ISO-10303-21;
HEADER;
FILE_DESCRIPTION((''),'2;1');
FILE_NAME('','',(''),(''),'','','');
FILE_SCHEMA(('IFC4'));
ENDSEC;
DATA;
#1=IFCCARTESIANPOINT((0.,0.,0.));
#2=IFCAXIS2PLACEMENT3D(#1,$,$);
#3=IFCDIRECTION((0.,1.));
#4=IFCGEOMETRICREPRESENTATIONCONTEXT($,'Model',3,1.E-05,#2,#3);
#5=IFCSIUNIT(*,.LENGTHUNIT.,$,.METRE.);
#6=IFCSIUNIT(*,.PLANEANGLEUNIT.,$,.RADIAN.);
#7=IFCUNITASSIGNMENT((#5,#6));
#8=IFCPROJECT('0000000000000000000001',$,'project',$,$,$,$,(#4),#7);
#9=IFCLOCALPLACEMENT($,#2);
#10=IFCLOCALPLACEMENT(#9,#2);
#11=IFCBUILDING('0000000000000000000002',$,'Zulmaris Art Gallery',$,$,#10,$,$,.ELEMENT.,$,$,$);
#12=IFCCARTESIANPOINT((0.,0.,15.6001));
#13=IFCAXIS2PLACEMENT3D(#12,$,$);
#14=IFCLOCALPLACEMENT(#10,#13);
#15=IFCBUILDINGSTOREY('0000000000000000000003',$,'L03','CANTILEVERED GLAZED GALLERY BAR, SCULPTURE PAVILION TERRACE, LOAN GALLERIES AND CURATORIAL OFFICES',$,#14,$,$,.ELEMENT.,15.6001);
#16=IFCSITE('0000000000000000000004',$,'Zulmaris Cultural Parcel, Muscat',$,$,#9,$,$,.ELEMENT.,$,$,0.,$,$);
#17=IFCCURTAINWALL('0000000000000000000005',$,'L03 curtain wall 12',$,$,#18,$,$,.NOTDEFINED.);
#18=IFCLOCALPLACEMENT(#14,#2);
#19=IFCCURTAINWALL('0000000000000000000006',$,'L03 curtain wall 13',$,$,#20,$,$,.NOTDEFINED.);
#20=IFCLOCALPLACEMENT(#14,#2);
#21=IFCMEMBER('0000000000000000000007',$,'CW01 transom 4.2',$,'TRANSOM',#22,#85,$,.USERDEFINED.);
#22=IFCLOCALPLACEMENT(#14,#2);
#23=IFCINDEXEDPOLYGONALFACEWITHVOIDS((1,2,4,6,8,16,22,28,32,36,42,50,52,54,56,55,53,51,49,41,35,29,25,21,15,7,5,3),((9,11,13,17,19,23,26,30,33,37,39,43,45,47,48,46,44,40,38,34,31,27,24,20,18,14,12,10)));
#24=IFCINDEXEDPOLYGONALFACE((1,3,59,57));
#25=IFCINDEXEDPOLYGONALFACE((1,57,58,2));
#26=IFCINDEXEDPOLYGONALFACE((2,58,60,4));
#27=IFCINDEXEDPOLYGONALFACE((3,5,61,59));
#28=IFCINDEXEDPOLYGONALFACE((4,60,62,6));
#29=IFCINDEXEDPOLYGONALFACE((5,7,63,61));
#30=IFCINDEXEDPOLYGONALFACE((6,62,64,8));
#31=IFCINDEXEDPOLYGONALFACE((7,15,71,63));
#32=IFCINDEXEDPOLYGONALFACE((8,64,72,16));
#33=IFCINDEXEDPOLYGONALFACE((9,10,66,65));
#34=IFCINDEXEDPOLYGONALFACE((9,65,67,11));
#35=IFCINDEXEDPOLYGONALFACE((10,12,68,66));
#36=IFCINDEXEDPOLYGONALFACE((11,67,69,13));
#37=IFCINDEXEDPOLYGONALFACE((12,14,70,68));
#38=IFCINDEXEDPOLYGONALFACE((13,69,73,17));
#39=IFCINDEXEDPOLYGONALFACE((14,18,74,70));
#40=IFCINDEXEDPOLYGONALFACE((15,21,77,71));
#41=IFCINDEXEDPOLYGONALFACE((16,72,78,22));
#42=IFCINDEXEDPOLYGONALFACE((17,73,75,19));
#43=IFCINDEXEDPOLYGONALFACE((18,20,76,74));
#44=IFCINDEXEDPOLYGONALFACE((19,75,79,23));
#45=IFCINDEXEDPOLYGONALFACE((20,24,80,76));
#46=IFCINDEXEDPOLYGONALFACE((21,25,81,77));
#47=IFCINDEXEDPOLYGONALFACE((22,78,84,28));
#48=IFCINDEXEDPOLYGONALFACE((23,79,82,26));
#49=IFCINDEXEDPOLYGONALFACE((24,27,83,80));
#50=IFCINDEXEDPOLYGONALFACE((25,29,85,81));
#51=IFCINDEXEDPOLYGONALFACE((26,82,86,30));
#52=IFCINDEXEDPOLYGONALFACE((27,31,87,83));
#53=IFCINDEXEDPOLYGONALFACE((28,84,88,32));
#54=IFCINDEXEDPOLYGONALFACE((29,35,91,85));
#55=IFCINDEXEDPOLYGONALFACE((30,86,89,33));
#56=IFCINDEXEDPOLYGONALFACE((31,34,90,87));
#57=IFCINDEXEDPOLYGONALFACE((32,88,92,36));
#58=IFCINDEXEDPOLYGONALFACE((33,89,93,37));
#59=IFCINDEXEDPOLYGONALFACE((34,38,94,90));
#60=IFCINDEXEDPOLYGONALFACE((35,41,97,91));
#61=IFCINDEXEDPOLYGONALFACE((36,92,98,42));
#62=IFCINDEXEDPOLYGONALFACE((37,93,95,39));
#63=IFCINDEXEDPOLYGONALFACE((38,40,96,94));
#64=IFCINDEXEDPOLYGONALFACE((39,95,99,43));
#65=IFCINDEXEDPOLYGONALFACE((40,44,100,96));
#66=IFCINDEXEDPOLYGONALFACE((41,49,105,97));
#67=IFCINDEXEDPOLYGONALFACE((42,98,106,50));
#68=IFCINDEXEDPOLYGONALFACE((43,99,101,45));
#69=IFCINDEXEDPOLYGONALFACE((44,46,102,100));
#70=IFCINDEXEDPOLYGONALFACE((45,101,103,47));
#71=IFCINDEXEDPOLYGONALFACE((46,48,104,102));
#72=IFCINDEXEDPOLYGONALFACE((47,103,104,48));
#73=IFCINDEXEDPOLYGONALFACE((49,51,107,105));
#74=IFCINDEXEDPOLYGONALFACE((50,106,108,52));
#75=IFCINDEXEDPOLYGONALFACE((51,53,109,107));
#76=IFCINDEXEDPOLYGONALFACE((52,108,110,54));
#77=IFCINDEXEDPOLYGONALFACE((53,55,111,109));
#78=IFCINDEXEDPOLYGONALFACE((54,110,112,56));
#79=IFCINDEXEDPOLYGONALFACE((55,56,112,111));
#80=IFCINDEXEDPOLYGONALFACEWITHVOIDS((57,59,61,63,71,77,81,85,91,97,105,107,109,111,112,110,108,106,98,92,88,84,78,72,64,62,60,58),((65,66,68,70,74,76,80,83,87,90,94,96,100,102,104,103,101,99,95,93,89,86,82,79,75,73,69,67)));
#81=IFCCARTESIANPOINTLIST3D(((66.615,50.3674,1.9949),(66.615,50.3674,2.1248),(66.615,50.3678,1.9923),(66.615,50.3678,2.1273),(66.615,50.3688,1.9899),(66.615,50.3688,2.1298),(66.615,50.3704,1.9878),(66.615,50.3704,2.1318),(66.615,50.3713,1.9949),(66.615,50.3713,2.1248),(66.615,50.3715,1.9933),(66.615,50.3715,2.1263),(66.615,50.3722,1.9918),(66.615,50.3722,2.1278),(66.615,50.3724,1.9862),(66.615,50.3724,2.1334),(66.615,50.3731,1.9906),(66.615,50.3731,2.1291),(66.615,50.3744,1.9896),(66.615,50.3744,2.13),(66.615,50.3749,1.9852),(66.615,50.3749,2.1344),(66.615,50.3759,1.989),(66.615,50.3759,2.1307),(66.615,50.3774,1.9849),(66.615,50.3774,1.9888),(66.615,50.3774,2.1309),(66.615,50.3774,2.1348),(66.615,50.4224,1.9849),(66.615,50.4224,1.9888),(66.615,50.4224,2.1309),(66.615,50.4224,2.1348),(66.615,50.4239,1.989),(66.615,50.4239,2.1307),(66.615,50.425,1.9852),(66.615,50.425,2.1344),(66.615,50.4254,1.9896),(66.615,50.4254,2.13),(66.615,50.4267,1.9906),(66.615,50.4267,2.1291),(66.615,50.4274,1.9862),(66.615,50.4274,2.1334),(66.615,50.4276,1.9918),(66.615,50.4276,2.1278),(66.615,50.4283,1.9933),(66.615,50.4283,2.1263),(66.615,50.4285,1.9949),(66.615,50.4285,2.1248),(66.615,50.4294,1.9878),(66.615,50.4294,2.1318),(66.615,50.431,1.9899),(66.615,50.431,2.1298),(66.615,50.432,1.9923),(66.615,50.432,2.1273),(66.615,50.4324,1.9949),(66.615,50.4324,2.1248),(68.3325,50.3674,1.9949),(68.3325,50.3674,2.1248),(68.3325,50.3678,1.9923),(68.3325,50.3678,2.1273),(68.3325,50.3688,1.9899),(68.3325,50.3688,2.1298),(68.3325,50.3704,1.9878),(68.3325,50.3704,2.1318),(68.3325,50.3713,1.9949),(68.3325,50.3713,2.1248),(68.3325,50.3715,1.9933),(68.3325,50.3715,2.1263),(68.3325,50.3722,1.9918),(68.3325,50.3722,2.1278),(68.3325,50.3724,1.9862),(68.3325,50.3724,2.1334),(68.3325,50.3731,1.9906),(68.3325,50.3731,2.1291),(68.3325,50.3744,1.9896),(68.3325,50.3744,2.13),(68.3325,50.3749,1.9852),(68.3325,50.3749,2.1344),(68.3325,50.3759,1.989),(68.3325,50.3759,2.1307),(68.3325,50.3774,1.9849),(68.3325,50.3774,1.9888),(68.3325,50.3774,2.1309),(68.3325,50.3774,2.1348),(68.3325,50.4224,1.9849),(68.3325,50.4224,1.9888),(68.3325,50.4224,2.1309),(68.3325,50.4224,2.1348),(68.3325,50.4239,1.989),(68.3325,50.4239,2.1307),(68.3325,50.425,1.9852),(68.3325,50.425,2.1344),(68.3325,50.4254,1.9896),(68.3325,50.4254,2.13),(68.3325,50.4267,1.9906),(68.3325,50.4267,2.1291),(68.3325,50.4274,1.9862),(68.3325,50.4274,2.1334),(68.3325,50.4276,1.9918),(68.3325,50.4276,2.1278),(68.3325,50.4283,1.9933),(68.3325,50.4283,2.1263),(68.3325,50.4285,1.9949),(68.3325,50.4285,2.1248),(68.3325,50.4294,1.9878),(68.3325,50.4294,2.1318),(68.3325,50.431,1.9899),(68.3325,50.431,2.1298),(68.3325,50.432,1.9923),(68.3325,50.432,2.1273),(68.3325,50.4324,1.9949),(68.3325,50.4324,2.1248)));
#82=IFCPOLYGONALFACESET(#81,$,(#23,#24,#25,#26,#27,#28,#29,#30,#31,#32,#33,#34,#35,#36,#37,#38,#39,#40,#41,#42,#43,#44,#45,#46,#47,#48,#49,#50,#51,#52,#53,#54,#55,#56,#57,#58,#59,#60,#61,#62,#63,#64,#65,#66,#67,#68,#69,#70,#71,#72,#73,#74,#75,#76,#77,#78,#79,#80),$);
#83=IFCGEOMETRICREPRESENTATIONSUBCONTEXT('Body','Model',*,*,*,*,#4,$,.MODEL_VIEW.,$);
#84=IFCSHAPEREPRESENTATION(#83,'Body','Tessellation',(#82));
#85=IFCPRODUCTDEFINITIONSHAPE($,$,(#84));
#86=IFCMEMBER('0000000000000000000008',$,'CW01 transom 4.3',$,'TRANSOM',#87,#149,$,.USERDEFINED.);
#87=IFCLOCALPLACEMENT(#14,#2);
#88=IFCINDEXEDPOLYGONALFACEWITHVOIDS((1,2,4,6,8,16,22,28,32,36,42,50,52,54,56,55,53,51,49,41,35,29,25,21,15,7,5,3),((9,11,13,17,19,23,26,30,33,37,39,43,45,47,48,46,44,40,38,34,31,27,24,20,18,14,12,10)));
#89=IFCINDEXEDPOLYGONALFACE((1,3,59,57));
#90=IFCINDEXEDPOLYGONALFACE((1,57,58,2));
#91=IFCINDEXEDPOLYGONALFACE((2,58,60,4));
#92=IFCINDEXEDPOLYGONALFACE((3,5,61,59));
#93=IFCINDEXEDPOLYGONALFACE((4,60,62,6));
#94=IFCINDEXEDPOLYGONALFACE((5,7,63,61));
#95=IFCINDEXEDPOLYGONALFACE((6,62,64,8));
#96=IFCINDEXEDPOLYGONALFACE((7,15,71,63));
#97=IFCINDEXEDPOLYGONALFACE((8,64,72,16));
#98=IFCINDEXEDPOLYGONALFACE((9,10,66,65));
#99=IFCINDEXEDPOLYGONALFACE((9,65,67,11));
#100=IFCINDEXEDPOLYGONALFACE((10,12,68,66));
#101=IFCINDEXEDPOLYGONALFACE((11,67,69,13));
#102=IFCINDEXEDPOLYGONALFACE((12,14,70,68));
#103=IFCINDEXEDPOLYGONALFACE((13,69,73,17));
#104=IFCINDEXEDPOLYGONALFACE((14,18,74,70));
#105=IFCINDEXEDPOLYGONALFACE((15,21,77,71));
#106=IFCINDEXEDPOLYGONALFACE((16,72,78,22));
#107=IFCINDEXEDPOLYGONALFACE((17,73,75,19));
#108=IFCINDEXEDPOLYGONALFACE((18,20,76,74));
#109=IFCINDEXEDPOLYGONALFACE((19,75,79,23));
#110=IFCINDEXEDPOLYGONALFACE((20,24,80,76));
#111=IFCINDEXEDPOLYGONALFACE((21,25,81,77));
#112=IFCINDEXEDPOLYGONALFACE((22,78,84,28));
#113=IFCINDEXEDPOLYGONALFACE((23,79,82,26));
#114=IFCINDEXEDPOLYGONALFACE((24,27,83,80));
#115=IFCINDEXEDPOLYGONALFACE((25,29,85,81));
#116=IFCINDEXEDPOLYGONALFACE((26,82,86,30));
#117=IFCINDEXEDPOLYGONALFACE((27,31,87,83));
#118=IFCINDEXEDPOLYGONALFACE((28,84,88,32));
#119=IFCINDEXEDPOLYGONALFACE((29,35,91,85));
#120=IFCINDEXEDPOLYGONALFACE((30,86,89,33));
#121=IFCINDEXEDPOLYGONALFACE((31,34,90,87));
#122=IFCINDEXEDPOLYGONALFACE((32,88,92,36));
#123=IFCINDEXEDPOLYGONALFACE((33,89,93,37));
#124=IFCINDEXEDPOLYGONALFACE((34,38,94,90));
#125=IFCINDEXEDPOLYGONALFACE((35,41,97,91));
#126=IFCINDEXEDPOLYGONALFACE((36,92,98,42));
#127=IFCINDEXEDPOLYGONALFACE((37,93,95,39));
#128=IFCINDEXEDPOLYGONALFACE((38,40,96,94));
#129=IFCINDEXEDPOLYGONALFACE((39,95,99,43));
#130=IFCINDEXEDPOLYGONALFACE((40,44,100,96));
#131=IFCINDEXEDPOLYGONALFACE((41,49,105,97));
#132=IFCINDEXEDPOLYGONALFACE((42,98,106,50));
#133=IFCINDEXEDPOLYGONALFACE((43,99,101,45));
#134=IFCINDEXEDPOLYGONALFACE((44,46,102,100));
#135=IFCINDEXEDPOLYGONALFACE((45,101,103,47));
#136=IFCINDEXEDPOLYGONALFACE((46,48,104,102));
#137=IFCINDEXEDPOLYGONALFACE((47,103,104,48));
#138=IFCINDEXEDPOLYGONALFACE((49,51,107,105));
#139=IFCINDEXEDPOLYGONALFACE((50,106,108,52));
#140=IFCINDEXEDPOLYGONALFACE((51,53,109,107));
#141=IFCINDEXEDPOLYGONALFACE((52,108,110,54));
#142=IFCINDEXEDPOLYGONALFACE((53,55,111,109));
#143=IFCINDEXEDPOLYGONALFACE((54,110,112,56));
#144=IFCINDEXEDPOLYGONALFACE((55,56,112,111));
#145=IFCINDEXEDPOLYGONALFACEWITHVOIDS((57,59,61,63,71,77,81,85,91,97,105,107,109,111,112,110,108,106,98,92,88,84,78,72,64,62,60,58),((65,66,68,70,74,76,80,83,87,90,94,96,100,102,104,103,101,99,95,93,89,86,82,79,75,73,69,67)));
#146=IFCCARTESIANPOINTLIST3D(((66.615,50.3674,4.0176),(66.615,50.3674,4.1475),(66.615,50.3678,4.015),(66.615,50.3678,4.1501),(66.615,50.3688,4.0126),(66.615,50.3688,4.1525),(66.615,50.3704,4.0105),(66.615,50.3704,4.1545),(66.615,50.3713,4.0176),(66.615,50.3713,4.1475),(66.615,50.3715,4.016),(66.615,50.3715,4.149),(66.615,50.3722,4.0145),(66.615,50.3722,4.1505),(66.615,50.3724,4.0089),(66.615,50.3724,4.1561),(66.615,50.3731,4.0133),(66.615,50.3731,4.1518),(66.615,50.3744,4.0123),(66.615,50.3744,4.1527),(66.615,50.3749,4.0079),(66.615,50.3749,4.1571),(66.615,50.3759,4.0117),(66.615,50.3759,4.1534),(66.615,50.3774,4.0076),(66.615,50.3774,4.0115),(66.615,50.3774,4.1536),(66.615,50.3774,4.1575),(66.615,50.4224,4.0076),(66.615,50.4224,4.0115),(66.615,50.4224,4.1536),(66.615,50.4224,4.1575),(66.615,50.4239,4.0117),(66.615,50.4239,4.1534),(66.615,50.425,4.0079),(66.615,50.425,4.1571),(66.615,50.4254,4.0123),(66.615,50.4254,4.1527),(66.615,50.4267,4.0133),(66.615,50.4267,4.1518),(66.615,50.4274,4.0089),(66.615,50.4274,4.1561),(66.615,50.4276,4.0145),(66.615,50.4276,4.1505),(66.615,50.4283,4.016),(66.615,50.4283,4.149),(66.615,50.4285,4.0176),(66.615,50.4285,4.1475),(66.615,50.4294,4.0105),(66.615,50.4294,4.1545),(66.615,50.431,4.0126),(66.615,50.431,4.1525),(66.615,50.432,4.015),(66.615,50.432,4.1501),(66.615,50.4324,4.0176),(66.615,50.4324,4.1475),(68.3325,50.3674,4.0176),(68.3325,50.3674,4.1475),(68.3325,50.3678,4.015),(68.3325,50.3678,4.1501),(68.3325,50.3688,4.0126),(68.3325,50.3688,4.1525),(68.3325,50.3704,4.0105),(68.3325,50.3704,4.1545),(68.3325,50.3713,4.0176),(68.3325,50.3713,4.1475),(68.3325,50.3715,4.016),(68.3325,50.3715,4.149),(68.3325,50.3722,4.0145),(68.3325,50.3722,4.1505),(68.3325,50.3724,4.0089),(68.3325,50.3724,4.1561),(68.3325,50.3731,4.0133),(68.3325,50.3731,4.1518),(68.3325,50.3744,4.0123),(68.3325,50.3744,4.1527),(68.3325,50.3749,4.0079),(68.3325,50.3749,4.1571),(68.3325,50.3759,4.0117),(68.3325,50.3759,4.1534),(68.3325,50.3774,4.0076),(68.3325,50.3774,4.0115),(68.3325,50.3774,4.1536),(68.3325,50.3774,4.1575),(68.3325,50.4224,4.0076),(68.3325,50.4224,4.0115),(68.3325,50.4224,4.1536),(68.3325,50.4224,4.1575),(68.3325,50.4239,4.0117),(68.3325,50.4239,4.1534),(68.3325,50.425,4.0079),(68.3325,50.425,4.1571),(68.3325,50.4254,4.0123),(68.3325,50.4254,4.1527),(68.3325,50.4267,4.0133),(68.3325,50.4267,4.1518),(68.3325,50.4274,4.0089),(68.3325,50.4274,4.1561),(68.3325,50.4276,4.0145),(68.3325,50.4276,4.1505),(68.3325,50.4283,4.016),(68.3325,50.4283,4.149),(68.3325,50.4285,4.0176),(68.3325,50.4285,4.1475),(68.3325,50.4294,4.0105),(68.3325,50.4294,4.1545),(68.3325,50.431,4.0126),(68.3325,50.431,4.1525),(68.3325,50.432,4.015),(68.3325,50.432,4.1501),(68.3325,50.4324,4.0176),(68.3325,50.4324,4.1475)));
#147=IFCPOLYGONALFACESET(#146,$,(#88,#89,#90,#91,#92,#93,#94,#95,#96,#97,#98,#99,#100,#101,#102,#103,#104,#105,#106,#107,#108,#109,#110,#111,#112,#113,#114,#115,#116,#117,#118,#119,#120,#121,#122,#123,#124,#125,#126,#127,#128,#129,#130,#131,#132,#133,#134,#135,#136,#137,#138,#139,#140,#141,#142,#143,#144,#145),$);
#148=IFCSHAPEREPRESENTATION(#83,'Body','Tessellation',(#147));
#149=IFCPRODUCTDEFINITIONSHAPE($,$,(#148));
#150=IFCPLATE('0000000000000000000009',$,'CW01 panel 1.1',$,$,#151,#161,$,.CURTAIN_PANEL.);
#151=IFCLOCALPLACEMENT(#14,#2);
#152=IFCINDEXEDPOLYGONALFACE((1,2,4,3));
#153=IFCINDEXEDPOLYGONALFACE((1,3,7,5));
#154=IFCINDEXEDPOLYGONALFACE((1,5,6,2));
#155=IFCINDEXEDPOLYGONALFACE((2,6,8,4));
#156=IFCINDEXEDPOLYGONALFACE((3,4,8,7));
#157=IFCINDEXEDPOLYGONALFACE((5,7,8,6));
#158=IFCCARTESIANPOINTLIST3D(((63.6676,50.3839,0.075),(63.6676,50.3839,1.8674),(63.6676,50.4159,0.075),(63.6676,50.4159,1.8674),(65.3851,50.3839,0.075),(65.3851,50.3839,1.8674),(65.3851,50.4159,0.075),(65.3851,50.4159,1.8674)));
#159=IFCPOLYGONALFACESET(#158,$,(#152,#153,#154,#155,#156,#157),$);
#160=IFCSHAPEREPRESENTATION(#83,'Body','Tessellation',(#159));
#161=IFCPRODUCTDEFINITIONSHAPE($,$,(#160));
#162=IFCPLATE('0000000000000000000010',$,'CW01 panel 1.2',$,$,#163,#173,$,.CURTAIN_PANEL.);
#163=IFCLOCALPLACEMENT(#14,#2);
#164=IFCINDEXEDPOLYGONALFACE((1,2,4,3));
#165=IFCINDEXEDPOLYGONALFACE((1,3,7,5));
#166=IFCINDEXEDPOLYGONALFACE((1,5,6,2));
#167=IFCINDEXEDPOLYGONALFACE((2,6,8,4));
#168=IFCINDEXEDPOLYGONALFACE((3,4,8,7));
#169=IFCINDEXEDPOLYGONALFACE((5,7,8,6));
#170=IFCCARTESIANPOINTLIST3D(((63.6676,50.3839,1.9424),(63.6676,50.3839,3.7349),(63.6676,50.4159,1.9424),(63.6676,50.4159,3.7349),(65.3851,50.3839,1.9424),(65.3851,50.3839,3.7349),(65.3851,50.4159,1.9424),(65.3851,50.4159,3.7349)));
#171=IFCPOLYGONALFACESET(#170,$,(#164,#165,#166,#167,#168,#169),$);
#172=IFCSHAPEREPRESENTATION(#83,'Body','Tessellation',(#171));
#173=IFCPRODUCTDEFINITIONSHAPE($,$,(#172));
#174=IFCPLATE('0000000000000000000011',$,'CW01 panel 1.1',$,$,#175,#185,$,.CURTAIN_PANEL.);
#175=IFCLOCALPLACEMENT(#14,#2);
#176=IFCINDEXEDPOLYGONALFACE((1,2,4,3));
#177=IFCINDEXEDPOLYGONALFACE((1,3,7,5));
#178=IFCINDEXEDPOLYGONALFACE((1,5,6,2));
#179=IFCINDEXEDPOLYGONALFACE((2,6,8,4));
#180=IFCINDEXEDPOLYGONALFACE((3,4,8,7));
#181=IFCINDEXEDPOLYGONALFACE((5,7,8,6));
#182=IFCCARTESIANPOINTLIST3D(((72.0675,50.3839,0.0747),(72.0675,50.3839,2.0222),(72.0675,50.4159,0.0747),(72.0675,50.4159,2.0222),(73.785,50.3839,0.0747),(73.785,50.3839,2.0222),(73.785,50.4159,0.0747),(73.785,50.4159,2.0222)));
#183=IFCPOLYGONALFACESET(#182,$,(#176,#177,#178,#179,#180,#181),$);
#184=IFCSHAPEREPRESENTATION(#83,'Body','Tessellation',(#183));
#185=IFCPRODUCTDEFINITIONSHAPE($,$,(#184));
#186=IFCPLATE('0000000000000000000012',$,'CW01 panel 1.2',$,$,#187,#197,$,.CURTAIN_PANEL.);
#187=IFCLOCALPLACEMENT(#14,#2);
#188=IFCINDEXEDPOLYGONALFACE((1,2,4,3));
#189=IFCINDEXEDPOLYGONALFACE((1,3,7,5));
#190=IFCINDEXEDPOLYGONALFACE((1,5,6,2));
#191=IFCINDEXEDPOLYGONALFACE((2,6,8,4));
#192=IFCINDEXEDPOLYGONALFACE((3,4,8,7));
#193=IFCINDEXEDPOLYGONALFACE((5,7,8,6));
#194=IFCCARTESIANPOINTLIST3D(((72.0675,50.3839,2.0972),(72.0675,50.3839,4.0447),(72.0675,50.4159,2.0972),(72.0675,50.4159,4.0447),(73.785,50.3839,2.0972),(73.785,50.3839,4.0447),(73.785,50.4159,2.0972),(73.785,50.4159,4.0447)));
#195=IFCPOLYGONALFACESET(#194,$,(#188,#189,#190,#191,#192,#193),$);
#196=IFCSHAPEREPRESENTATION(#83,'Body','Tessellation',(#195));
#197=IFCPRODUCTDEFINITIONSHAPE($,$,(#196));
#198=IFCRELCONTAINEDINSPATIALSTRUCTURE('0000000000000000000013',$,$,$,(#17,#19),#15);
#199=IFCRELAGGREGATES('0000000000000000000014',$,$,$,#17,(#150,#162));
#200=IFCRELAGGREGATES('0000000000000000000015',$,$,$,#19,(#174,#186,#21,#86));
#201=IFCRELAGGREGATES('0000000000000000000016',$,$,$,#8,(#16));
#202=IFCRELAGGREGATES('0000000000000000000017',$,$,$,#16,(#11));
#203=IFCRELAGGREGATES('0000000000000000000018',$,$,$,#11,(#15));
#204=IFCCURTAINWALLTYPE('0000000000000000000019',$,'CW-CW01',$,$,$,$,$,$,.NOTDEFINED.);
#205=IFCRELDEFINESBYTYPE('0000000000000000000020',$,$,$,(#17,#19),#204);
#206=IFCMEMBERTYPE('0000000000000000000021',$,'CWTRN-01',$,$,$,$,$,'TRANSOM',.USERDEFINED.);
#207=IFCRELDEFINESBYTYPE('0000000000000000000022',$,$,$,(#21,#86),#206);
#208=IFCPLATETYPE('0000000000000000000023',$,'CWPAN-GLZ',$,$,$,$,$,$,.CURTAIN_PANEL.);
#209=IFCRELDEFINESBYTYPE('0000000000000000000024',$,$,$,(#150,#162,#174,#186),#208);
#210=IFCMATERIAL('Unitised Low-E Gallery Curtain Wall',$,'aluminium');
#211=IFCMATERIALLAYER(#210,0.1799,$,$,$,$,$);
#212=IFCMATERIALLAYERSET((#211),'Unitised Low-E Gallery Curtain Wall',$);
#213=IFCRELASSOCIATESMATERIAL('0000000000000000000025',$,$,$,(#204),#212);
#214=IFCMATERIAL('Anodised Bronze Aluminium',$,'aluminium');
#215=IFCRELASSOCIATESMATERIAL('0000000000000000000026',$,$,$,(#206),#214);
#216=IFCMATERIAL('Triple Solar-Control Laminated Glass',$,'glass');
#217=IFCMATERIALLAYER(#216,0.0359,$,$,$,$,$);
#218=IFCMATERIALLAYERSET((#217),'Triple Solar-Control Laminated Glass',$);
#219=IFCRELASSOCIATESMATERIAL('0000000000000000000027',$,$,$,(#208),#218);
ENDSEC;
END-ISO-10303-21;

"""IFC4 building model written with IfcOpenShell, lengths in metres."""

from ifc_helpers import new_model, si_unit, direction, frame, origin, origin_2d, place, context, subcontext, project, spatial, rectangle, hollow_rectangle, extrude, material, layer, layer_set, material_profile, profile_set, type_object, element, aggregate, save


model = new_model("IFC4")

# Units and contexts
model_context = context("Model", 3, precision=1e-05, world=origin(), true_north=direction((0.0, 1.0)))
body_context = subcontext(model_context, "Body", "Model", "MODEL_VIEW")
ifc_project = project(units=[si_unit("LENGTHUNIT", "METRE"), si_unit("PLANEANGLEUNIT", "RADIAN")], contexts=[model_context])

# Site, building, storey
site_placement = place(None, origin())
site = spatial("IfcSite", under=ifc_project, at=site_placement, Name="Zulmaris Cultural Parcel, Muscat", CompositionType="ELEMENT", RefElevation=0.0)
building_placement = place(site_placement, origin())
building = spatial("IfcBuilding", under=site, at=building_placement, Name="Zulmaris Art Gallery", CompositionType="ELEMENT")
storey_placement = place(building_placement, frame((0.0, 0.0, 15.6001)))
storey = spatial("IfcBuildingStorey", under=building, at=storey_placement, Name="L03", Description="CANTILEVERED GLAZED GALLERY BAR, SCULPTURE PAVILION TERRACE, LOAN GALLERIES AND CURATORIAL OFFICES", CompositionType="ELEMENT", Elevation=15.6001)

# Curtain walls
ifc_material_1 = material(Name="Unitised Low-E Gallery Curtain Wall", Category="aluminium")
ifc_layer_1 = layer(ifc_material_1, 0.1799)
ifc_layer_set_1 = layer_set([ifc_layer_1], Name="Unitised Low-E Gallery Curtain Wall")
curtain_wall_type = type_object("IfcCurtainWallType", Name="CW-CW01", PredefinedType="NOTDEFINED", material=ifc_layer_set_1)
curtain_wall_1_placement = place(storey_placement, origin())
curtain_wall_1 = element("IfcCurtainWall", 1, at=curtain_wall_1_placement, inside=storey, type_object=curtain_wall_type, Name="L03 curtain wall 12", PredefinedType="NOTDEFINED")
ifc_material_2 = material(Name="Anodised Bronze Aluminium", Category="aluminium")
curtain_wall_2_placement = place(storey_placement, origin())
curtain_wall_2 = element("IfcCurtainWall", 2, at=curtain_wall_2_placement, inside=storey, type_object=curtain_wall_type, Name="L03 curtain wall 13", PredefinedType="NOTDEFINED")

# Members
ifc_material_profile_1 = material_profile(ifc_material_2, hollow_rectangle(XDim=0.0649, YDim=0.1499, WallThickness=0.0039, InnerFilletRadius=0.0061, OuterFilletRadius=0.01, at=origin_2d()), Name="ALU 65x150x4")
ifc_profile_set_1 = profile_set([ifc_material_profile_1], Name="Anodised Bronze Aluminium")
member_type_1 = type_object("IfcMemberType", Name="CWTRN-01", ElementType="TRANSOM", PredefinedType="USERDEFINED", material=ifc_profile_set_1)
member_1_placement = place(storey_placement, frame((68.3325, 50.3999, 2.0598), z_axis=(-1.0, 0.0, 0.0), x_axis=(0.0, -1.0, 0.0)))
member_1 = element("IfcMember", 3, at=member_1_placement, type_object=member_type_1, Name="CW01 transom 4.2", ObjectType="TRANSOM", PredefinedType="USERDEFINED", context=body_context, shape_type="SweptSolid", body=[
    extrude(hollow_rectangle(XDim=0.0649, YDim=0.1499, WallThickness=0.0039, InnerFilletRadius=0.0061, OuterFilletRadius=0.01, at=origin_2d()), origin(), (0.0, 0.0, 1.0), 1.7175),
])
member_2_placement = place(storey_placement, frame((68.3325, 50.3999, 4.0825), z_axis=(-1.0, 0.0, 0.0), x_axis=(0.0, -1.0, 0.0)))
member_2 = element("IfcMember", 4, at=member_2_placement, type_object=member_type_1, Name="CW01 transom 4.3", ObjectType="TRANSOM", PredefinedType="USERDEFINED", context=body_context, shape_type="SweptSolid", body=[
    extrude(hollow_rectangle(XDim=0.0649, YDim=0.1499, WallThickness=0.0039, InnerFilletRadius=0.0061, OuterFilletRadius=0.01, at=origin_2d()), origin(), (0.0, 0.0, 1.0), 1.7175),
])

# Plates
ifc_material_3 = material(Name="Triple Solar-Control Laminated Glass", Category="glass")
ifc_layer_2 = layer(ifc_material_3, 0.0359)
ifc_layer_set_2 = layer_set([ifc_layer_2], Name="Triple Solar-Control Laminated Glass")
plate_type = type_object("IfcPlateType", Name="CWPAN-GLZ", PredefinedType="CURTAIN_PANEL", material=ifc_layer_set_2)
plate_1_placement = place(storey_placement, frame((64.5264, 50.3999, 0.075), z_axis=(0.0, 0.0, 1.0), x_axis=(-1.0, 0.0, 0.0)))
plate_1 = element("IfcPlate", 5, at=plate_1_placement, type_object=plate_type, Name="CW01 panel 1.1", PredefinedType="CURTAIN_PANEL", context=body_context, shape_type="SweptSolid", body=[
    extrude(rectangle(XDim=1.7175, YDim=0.032, at=origin_2d()), origin(), (0.0, 0.0, 1.0), 1.7925),
])
plate_2_placement = place(storey_placement, frame((64.5264, 50.3999, 1.9424), z_axis=(0.0, 0.0, 1.0), x_axis=(-1.0, 0.0, 0.0)))
plate_2 = element("IfcPlate", 6, at=plate_2_placement, type_object=plate_type, Name="CW01 panel 1.2", PredefinedType="CURTAIN_PANEL", context=body_context, shape_type="SweptSolid", body=[
    extrude(rectangle(XDim=1.7175, YDim=0.032, at=origin_2d()), origin(), (0.0, 0.0, 1.0), 1.7925),
])
aggregate(curtain_wall_1, [plate_1, plate_2])
plate_3_placement = place(storey_placement, frame((72.9263, 50.3999, 0.0747), z_axis=(0.0, 0.0, 1.0), x_axis=(-1.0, 0.0, 0.0)))
plate_3 = element("IfcPlate", 7, at=plate_3_placement, type_object=plate_type, Name="CW01 panel 1.1", PredefinedType="CURTAIN_PANEL", context=body_context, shape_type="SweptSolid", body=[
    extrude(rectangle(XDim=1.7175, YDim=0.032, at=origin_2d()), origin(), (0.0, 0.0, 1.0), 1.9475),
])
plate_4_placement = place(storey_placement, frame((72.9263, 50.3999, 2.0972), z_axis=(0.0, 0.0, 1.0), x_axis=(-1.0, 0.0, 0.0)))
plate_4 = element("IfcPlate", 8, at=plate_4_placement, type_object=plate_type, Name="CW01 panel 1.2", PredefinedType="CURTAIN_PANEL", context=body_context, shape_type="SweptSolid", body=[
    extrude(rectangle(XDim=1.7175, YDim=0.032, at=origin_2d()), origin(), (0.0, 0.0, 1.0), 1.9475),
])
aggregate(curtain_wall_2, [plate_3, plate_4, member_1, member_2])

save(model, "model.ifc")
